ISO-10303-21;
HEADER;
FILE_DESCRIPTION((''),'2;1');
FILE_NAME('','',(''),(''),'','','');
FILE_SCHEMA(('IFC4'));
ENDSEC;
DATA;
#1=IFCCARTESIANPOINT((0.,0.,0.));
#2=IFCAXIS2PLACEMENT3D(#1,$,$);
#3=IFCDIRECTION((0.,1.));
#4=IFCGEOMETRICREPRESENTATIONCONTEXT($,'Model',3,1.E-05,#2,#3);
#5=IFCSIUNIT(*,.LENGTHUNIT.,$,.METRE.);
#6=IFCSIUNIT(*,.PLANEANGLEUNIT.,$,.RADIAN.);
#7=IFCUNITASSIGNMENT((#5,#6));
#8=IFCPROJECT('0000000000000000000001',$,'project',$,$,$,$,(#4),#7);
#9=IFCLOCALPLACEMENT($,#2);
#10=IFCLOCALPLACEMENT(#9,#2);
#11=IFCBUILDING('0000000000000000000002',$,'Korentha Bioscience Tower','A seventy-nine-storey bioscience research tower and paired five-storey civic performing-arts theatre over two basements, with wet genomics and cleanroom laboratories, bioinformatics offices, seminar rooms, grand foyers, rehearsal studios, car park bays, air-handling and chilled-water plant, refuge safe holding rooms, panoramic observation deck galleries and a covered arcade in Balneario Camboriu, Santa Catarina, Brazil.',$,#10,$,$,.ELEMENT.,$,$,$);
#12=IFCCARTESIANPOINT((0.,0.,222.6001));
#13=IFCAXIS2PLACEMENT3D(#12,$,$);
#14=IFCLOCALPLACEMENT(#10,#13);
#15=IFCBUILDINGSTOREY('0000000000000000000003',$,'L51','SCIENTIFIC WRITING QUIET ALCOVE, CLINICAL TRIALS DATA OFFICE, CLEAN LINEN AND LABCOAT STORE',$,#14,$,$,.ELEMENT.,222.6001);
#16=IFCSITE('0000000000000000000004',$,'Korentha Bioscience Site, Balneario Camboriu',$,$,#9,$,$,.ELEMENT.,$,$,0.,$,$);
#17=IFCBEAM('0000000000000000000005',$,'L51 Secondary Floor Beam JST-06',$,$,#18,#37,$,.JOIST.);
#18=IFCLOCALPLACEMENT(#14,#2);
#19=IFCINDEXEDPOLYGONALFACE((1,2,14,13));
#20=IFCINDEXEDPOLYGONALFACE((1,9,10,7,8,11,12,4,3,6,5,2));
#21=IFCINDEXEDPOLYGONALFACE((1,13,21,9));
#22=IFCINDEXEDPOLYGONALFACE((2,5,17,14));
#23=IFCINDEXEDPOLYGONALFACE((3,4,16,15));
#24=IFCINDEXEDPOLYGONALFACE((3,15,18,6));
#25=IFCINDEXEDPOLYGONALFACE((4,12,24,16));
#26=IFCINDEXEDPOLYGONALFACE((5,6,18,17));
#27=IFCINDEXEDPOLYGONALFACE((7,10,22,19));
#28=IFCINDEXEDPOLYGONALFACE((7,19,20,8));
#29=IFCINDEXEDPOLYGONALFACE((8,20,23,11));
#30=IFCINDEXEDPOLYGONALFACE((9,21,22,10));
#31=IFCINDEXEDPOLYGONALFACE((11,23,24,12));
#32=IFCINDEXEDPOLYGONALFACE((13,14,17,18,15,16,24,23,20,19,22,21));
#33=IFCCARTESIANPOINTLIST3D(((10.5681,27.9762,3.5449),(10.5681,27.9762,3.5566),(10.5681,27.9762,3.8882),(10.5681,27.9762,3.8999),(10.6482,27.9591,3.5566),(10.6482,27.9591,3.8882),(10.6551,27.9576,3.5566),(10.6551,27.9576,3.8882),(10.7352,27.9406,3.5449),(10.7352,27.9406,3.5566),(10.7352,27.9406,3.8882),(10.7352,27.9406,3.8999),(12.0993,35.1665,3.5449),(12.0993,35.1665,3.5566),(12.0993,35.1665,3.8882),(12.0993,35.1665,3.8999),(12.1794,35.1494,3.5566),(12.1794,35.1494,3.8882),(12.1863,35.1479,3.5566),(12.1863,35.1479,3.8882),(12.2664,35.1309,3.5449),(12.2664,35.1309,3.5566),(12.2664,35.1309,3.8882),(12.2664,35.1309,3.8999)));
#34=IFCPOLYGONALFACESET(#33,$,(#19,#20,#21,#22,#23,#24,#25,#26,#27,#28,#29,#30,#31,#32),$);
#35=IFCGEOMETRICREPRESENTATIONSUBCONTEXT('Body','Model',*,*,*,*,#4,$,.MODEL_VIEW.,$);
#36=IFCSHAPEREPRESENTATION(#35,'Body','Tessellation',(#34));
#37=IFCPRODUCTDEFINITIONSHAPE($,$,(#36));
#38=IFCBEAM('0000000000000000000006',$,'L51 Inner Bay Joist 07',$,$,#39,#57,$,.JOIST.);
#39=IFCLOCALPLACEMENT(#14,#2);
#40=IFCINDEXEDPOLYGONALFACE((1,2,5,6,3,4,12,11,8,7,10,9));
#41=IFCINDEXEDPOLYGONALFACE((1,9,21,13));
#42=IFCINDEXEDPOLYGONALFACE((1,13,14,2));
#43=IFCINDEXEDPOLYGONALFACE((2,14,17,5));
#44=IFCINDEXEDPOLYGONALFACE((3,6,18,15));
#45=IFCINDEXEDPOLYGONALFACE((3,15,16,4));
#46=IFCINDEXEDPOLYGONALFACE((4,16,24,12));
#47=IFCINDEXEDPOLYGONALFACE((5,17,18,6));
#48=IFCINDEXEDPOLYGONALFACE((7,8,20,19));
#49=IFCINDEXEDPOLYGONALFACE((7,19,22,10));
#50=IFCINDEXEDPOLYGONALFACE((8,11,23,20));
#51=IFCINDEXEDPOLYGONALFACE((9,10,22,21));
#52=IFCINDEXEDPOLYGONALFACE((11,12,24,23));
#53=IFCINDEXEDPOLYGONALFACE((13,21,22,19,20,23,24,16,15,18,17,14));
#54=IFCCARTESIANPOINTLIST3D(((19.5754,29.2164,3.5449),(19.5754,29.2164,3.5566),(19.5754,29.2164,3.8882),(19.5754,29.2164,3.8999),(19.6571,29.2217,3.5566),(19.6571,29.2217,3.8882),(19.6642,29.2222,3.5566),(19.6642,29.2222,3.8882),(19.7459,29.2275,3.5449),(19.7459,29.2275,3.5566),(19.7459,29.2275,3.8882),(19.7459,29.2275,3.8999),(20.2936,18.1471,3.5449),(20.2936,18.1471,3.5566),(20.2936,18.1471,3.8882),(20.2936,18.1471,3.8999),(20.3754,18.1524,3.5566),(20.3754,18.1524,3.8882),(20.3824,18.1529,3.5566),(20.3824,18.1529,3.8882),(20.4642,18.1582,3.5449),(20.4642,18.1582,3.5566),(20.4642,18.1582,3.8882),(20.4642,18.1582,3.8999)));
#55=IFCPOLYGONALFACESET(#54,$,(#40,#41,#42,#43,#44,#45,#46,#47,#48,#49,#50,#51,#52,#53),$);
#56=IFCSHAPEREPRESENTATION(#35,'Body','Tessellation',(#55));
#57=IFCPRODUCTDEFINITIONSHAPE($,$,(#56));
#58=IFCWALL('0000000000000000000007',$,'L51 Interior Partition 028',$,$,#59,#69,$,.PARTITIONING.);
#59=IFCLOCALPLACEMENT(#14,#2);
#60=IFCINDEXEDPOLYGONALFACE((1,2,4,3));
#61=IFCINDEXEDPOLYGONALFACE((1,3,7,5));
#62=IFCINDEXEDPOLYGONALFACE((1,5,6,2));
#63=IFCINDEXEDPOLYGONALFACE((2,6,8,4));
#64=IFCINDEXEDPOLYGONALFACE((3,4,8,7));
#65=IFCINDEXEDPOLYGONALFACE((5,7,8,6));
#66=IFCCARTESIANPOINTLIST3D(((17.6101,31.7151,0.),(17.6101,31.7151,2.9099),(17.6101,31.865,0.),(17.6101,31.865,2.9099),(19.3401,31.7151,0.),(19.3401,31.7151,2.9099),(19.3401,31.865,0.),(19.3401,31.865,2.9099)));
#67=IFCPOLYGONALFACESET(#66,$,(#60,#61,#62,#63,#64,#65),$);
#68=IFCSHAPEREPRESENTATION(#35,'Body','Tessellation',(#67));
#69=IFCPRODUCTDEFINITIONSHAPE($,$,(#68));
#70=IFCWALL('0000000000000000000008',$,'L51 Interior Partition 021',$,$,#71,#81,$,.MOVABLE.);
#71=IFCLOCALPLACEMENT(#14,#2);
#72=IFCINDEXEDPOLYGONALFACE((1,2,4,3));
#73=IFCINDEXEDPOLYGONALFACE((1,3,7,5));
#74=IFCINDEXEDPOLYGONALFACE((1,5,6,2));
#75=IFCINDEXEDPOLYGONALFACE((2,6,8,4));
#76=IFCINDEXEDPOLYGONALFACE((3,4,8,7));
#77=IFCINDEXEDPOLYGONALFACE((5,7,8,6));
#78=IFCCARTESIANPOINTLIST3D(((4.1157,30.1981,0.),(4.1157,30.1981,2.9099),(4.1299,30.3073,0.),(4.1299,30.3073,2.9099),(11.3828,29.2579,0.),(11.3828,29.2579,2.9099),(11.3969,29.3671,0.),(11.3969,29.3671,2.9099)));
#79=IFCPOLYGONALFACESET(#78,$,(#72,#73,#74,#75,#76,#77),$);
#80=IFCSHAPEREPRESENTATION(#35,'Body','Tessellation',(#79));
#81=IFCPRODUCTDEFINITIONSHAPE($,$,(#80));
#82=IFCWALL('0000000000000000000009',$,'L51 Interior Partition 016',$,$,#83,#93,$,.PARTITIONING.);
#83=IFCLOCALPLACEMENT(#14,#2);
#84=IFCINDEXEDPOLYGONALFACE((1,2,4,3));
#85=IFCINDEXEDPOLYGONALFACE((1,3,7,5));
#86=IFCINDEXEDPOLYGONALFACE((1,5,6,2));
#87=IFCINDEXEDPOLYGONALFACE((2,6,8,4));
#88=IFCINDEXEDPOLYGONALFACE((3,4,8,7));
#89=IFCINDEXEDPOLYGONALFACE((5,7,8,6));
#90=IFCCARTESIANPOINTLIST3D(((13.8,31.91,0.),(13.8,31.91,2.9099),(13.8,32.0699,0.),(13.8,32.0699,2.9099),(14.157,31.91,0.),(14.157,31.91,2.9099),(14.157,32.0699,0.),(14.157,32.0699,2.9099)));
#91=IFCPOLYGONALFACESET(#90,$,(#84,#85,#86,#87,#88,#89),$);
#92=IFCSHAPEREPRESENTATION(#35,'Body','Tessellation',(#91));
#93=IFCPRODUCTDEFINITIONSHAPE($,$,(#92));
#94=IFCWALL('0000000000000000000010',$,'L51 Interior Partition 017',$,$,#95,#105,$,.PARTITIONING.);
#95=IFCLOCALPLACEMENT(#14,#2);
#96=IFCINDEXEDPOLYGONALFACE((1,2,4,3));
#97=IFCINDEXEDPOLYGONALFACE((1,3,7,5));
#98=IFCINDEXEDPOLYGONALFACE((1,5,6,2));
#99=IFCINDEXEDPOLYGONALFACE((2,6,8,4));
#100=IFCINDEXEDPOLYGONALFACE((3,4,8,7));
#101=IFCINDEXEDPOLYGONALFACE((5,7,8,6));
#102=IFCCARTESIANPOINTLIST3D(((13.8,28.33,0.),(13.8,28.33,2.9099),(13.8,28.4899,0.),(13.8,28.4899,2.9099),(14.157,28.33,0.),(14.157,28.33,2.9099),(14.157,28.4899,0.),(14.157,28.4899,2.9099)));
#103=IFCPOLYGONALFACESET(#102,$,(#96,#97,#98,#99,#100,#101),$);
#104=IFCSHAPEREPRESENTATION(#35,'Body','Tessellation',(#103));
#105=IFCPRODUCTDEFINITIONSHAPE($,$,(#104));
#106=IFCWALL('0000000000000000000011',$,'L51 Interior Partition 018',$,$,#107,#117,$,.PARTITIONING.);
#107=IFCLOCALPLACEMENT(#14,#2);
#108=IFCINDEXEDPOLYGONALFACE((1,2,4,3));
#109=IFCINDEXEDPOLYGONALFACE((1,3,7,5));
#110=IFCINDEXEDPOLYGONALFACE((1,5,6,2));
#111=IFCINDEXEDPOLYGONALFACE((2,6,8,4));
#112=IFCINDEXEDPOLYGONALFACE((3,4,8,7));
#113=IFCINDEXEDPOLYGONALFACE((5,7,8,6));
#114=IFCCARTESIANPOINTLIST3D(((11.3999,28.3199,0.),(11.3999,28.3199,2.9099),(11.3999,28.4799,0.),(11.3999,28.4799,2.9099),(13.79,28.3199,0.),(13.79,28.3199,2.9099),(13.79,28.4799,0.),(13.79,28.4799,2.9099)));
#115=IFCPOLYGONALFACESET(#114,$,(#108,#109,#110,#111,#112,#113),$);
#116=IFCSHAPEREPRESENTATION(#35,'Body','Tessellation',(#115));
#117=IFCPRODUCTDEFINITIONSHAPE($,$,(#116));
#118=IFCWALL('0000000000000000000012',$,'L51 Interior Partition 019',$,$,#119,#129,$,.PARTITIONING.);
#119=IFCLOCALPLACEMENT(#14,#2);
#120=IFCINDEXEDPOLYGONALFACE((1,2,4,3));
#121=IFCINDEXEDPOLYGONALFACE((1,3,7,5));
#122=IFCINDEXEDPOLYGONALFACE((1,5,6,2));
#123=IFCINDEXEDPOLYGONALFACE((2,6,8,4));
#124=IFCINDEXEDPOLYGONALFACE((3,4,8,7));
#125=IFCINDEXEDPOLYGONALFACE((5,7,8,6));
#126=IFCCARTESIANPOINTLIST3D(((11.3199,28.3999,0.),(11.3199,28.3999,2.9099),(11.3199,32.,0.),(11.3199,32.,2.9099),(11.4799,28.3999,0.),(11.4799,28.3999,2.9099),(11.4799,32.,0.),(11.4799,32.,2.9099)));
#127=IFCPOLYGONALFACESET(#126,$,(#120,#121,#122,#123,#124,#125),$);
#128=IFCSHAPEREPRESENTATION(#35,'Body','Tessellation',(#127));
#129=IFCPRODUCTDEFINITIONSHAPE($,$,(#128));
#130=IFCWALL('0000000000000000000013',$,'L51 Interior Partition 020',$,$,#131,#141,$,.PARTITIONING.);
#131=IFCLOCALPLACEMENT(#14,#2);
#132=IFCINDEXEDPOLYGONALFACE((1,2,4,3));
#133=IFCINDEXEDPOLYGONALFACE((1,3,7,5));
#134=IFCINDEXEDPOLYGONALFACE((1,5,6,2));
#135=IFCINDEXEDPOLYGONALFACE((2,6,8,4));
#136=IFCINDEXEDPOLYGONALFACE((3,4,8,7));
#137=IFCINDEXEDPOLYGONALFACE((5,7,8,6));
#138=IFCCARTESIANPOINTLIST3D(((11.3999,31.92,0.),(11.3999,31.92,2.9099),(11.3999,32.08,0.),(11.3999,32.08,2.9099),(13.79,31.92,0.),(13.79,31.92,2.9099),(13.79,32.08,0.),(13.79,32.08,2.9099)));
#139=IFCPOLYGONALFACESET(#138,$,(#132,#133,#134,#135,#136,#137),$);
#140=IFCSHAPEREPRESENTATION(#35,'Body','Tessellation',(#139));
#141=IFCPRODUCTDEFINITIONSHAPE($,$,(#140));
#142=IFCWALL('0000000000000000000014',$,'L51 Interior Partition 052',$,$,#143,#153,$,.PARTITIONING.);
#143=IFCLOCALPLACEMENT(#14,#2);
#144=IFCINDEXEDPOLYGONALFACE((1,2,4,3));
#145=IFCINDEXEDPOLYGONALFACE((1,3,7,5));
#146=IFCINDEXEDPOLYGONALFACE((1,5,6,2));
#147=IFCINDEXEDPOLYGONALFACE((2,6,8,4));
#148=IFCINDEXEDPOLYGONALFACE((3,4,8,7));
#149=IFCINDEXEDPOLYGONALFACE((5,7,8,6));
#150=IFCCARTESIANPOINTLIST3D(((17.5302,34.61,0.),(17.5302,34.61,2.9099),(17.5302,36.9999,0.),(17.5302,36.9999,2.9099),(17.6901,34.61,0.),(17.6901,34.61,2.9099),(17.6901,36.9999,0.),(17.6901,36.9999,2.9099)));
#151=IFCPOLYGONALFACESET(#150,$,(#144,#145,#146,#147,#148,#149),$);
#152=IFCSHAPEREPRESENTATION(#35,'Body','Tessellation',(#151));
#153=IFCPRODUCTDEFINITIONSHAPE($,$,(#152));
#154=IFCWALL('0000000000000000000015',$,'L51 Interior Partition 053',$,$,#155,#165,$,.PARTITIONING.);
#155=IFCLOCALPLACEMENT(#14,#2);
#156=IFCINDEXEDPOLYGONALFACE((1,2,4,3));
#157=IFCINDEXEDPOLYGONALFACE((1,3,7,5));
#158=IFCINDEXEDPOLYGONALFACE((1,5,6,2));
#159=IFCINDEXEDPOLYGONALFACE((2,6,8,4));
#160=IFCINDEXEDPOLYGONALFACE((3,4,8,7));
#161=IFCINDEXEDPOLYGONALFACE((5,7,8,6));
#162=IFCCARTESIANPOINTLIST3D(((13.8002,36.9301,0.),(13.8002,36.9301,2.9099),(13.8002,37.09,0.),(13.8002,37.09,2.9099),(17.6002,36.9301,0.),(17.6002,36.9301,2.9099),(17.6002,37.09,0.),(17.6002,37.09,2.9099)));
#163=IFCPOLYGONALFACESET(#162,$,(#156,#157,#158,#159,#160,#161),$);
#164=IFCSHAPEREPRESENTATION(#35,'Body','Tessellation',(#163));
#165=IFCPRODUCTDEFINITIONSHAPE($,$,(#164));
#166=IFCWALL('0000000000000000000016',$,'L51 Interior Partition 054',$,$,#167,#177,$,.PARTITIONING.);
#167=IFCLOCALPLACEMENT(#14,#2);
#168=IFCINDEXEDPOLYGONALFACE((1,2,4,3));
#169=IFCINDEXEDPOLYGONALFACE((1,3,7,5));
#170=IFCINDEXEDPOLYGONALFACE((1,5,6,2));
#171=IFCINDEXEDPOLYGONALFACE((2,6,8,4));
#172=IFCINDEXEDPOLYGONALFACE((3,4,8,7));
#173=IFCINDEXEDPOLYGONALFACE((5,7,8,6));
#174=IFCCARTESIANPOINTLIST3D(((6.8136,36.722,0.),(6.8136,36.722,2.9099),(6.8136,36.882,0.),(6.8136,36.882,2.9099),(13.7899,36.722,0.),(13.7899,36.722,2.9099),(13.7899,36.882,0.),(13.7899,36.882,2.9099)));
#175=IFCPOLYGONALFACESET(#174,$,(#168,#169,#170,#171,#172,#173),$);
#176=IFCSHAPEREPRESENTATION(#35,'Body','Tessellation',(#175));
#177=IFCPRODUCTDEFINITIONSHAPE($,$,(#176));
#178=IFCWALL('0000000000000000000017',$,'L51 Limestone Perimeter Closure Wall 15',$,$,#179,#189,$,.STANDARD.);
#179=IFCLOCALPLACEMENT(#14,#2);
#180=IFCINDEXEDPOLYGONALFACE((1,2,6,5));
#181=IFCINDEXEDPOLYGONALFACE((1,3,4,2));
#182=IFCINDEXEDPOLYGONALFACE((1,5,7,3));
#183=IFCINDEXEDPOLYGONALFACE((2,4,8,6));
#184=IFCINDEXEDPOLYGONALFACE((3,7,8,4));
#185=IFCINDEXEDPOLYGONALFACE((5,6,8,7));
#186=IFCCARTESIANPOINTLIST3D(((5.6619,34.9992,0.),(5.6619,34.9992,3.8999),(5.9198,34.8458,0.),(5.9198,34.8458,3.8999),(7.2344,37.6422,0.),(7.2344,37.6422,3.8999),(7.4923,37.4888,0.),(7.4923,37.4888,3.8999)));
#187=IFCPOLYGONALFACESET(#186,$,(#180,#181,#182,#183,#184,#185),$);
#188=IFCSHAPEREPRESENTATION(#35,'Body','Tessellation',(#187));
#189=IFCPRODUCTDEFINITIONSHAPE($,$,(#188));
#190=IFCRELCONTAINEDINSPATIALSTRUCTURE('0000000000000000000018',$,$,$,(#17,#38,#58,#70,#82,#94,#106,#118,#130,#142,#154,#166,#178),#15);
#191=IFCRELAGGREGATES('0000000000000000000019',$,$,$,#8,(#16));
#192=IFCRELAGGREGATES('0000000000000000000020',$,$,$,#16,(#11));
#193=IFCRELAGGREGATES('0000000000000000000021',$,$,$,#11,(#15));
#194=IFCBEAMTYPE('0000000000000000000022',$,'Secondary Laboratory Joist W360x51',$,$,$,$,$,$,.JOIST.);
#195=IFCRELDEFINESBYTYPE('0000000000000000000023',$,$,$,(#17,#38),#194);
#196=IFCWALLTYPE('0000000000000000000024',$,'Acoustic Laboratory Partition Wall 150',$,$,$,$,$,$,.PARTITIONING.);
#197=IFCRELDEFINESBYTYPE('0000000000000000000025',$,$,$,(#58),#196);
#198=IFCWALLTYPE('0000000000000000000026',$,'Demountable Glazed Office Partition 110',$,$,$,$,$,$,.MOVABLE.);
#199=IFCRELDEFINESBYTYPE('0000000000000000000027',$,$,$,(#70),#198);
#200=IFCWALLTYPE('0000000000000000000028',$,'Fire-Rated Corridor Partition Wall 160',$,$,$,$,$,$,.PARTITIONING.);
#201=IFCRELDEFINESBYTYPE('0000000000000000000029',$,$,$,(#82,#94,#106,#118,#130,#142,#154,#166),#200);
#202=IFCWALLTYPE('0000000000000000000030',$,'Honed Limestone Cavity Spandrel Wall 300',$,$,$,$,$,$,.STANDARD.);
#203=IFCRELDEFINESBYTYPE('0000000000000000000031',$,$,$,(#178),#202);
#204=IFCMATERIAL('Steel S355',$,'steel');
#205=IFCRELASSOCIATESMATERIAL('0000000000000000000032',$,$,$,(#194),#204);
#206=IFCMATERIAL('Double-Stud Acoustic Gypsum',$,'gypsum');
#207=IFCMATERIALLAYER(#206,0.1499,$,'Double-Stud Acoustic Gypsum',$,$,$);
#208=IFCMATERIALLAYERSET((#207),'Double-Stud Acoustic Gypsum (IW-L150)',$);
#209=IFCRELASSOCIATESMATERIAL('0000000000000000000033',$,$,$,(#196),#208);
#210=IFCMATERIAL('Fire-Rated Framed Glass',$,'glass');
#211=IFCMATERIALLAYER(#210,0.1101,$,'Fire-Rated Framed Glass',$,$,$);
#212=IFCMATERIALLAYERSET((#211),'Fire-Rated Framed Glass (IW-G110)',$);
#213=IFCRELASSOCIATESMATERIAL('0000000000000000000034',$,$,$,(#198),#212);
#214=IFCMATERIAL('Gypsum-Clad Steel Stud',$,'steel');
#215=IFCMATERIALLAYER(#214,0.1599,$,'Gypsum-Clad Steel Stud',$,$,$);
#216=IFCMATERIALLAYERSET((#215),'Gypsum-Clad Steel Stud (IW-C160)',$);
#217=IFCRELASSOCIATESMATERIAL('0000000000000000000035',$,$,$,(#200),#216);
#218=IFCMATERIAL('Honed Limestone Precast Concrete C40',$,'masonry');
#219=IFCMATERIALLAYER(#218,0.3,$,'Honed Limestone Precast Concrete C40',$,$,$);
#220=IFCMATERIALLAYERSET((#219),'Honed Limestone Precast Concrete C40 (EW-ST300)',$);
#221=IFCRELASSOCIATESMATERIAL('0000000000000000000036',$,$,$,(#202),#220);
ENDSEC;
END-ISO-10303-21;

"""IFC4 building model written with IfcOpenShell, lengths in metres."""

from ifc_helpers import new_model, si_unit, direction, frame, frame_2d, origin, origin_2d, place, context, subcontext, project, spatial, rectangle, i_section, extrude, material, layer, layer_set, material_profile, profile_set, type_object, element, save


model = new_model("IFC4")

# Units and contexts
model_context = context("Model", 3, precision=1e-05, world=origin(), true_north=direction((0.0, 1.0)))
body_context = subcontext(model_context, "Body", "Model", "MODEL_VIEW")
ifc_project = project(units=[si_unit("LENGTHUNIT", "METRE"), si_unit("PLANEANGLEUNIT", "RADIAN")], contexts=[model_context])

# Site, building, storey
site_placement = place(None, origin())
site = spatial("IfcSite", under=ifc_project, at=site_placement, Name="Korentha Bioscience Site, Balneario Camboriu", CompositionType="ELEMENT", RefElevation=0.0)
building_placement = place(site_placement, origin())
building = spatial("IfcBuilding", under=site, at=building_placement, Name="Korentha Bioscience Tower", Description="A seventy-nine-storey bioscience research tower and paired five-storey civic performing-arts theatre over two basements, with wet genomics and cleanroom laboratories, bioinformatics offices, seminar rooms, grand foyers, rehearsal studios, car park bays, air-handling and chilled-water plant, refuge safe holding rooms, panoramic observation deck galleries and a covered arcade in Balneario Camboriu, Santa Catarina, Brazil.", CompositionType="ELEMENT")
storey_placement = place(building_placement, frame((0.0, 0.0, 222.6001)))
storey = spatial("IfcBuildingStorey", under=building, at=storey_placement, Name="L51", Description="SCIENTIFIC WRITING QUIET ALCOVE, CLINICAL TRIALS DATA OFFICE, CLEAN LINEN AND LABCOAT STORE", CompositionType="ELEMENT", Elevation=222.6001)

# Beams
ifc_material_1 = material(Name="Steel S355", Category="steel")
ifc_material_profile_1 = material_profile(ifc_material_1, i_section(OverallWidth=0.1709, OverallDepth=0.355, WebThickness=0.0071, FlangeThickness=0.0117, at=origin_2d()), Name="Steel S355")
ifc_profile_set_1 = profile_set([ifc_material_profile_1], Name="Steel S355 (JB-360)")
beam_type_1 = type_object("IfcBeamType", Name="Secondary Laboratory Joist W360x51", PredefinedType="JOIST", material=ifc_profile_set_1)
beam_1_placement = place(storey_placement, frame((12.1829, 35.1487, 3.7224), z_axis=(-0.208286, -0.978068, 0.0), x_axis=(0.978068, -0.208286, 0.0)))
element("IfcBeam", 1, at=beam_1_placement, inside=storey, type_object=beam_type_1, Name="L51 Secondary Floor Beam JST-06", PredefinedType="JOIST", context=body_context, shape_type="SweptSolid", body=[
    extrude(i_section(OverallWidth=0.1709, OverallDepth=0.355, WebThickness=0.0071, FlangeThickness=0.0117, at=origin_2d()), origin(), (0.0, 0.0, 1.0), 7.3516),
])
beam_2_placement = place(storey_placement, frame((19.6606, 29.2219, 3.7224), z_axis=(0.064751, -0.997901, 0.0), x_axis=(0.997901, 0.064751, 0.0)))
element("IfcBeam", 2, at=beam_2_placement, inside=storey, type_object=beam_type_1, Name="L51 Inner Bay Joist 07", PredefinedType="JOIST", context=body_context, shape_type="SweptSolid", body=[
    extrude(i_section(OverallWidth=0.1709, OverallDepth=0.355, WebThickness=0.0071, FlangeThickness=0.0117, at=origin_2d()), origin(), (0.0, 0.0, 1.0), 11.0925),
])

# Shared definitions
ifc_material_2 = material(Name="Double-Stud Acoustic Gypsum", Category="gypsum")
ifc_layer_1 = layer(ifc_material_2, 0.1499, Name="Double-Stud Acoustic Gypsum")
ifc_layer_set_1 = layer_set([ifc_layer_1], Name="Double-Stud Acoustic Gypsum (IW-L150)")
wall_type_1 = type_object("IfcWallType", Name="Acoustic Laboratory Partition Wall 150", PredefinedType="PARTITIONING", material=ifc_layer_set_1)

# Walls
wall_1_placement = place(storey_placement, frame((17.6101, 31.79, 0.0), z_axis=(0.0, 0.0, 1.0), x_axis=(1.0, 0.0, 0.0)))
element("IfcWall", 3, at=wall_1_placement, inside=storey, type_object=wall_type_1, Name="L51 Interior Partition 028", PredefinedType="PARTITIONING", context=body_context, shape_type="SweptSolid", body=[
    extrude(rectangle(XDim=1.73, YDim=0.1499, at=frame_2d((0.865, 0.0))), origin(), (0.0, 0.0, 1.0), 2.9099),
])
ifc_material_3 = material(Name="Fire-Rated Framed Glass", Category="glass")
ifc_layer_2 = layer(ifc_material_3, 0.1101, Name="Fire-Rated Framed Glass")
ifc_layer_set_2 = layer_set([ifc_layer_2], Name="Fire-Rated Framed Glass (IW-G110)")
wall_type_2 = type_object("IfcWallType", Name="Demountable Glazed Office Partition 110", PredefinedType="MOVABLE", material=ifc_layer_set_2)
wall_2_placement = place(storey_placement, frame((4.1228, 30.2527, 0.0), z_axis=(0.0, 0.0, 1.0), x_axis=(0.991735, -0.128306, 0.0)))
element("IfcWall", 4, at=wall_2_placement, inside=storey, type_object=wall_type_2, Name="L51 Interior Partition 021", PredefinedType="MOVABLE", context=body_context, shape_type="SweptSolid", body=[
    extrude(rectangle(XDim=7.3276, YDim=0.1101, at=frame_2d((3.6638, 0.0))), origin(), (0.0, 0.0, 1.0), 2.9099),
])

# Shared definitions
ifc_material_4 = material(Name="Gypsum-Clad Steel Stud", Category="steel")
ifc_layer_3 = layer(ifc_material_4, 0.1599, Name="Gypsum-Clad Steel Stud")
ifc_layer_set_3 = layer_set([ifc_layer_3], Name="Gypsum-Clad Steel Stud (IW-C160)")
wall_type_3 = type_object("IfcWallType", Name="Fire-Rated Corridor Partition Wall 160", PredefinedType="PARTITIONING", material=ifc_layer_set_3)

# Walls
for number, where, z_axis, x_axis, name in (
    (5, (13.8, 31.99, 0.0), (0.0, 0.0, 1.0), (1.0, 0.0, 0.0), "L51 Interior Partition 016"),
    (6, (14.157, 28.4099, 0.0), (0.0, 0.0, 1.0), (-1.0, 0.0, 0.0), "L51 Interior Partition 017"),
):
    element("IfcWall", number, at=place(storey_placement, frame(where, z_axis=z_axis, x_axis=x_axis)), inside=storey, type_object=wall_type_3, Name=name, PredefinedType="PARTITIONING", context=body_context, shape_type="SweptSolid", body=[
        extrude(rectangle(XDim=0.3569, YDim=0.1599, at=frame_2d((0.1785, 0.0))), origin(), (0.0, 0.0, 1.0), 2.9099),
    ])
wall_3_placement = place(storey_placement, frame((13.79, 28.3999, 0.0), z_axis=(0.0, 0.0, 1.0), x_axis=(-1.0, 0.0, 0.0)))
element("IfcWall", 7, at=wall_3_placement, inside=storey, type_object=wall_type_3, Name="L51 Interior Partition 018", PredefinedType="PARTITIONING", context=body_context, shape_type="SweptSolid", body=[
    extrude(rectangle(XDim=2.3901, YDim=0.1599, at=frame_2d((1.1951, 0.0))), origin(), (0.0, 0.0, 1.0), 2.9099),
])
wall_4_placement = place(storey_placement, frame((11.3999, 28.3999, 0.0), z_axis=(0.0, 0.0, 1.0), x_axis=(0.0, 1.0, 0.0)))
element("IfcWall", 8, at=wall_4_placement, inside=storey, type_object=wall_type_3, Name="L51 Interior Partition 019", PredefinedType="PARTITIONING", context=body_context, shape_type="SweptSolid", body=[
    extrude(rectangle(XDim=3.6001, YDim=0.1599, at=frame_2d((1.8, 0.0))), origin(), (0.0, 0.0, 1.0), 2.9099),
])
wall_5_placement = place(storey_placement, frame((11.3999, 32.0, 0.0), z_axis=(0.0, 0.0, 1.0), x_axis=(1.0, 0.0, 0.0)))
element("IfcWall", 9, at=wall_5_placement, inside=storey, type_object=wall_type_3, Name="L51 Interior Partition 020", PredefinedType="PARTITIONING", context=body_context, shape_type="SweptSolid", body=[
    extrude(rectangle(XDim=2.3901, YDim=0.1599, at=frame_2d((1.1951, 0.0))), origin(), (0.0, 0.0, 1.0), 2.9099),
])
wall_6_placement = place(storey_placement, frame((17.6101, 34.6101, 0.0), z_axis=(0.0, 0.0, 1.0), x_axis=(0.0, 1.0, 0.0)))
element("IfcWall", 10, at=wall_6_placement, inside=storey, type_object=wall_type_3, Name="L51 Interior Partition 052", PredefinedType="PARTITIONING", context=body_context, shape_type="SweptSolid", body=[
    extrude(rectangle(XDim=2.3899, YDim=0.1599, at=frame_2d((1.1948, 0.0))), origin(), (0.0, 0.0, 1.0), 2.9099),
])
wall_7_placement = place(storey_placement, frame((17.6001, 37.01, 0.0), z_axis=(0.0, 0.0, 1.0), x_axis=(-1.0, 0.0, 0.0)))
element("IfcWall", 11, at=wall_7_placement, inside=storey, type_object=wall_type_3, Name="L51 Interior Partition 053", PredefinedType="PARTITIONING", context=body_context, shape_type="SweptSolid", body=[
    extrude(rectangle(XDim=3.8, YDim=0.1599, at=frame_2d((1.8999, 0.0))), origin(), (0.0, 0.0, 1.0), 2.9099),
])
wall_8_placement = place(storey_placement, frame((13.79, 36.802, 0.0), z_axis=(0.0, 0.0, 1.0), x_axis=(-1.0, 0.0, 0.0)))
element("IfcWall", 12, at=wall_8_placement, inside=storey, type_object=wall_type_3, Name="L51 Interior Partition 054", PredefinedType="PARTITIONING", context=body_context, shape_type="SweptSolid", body=[
    extrude(rectangle(XDim=6.9763, YDim=0.1599, at=frame_2d((3.4883, 0.0))), origin(), (0.0, 0.0, 1.0), 2.9099),
])

# Shared definitions
ifc_material_5 = material(Name="Honed Limestone Precast Concrete C40", Category="masonry")
ifc_layer_4 = layer(ifc_material_5, 0.3, Name="Honed Limestone Precast Concrete C40")
ifc_layer_set_4 = layer_set([ifc_layer_4], Name="Honed Limestone Precast Concrete C40 (EW-ST300)")
wall_type_4 = type_object("IfcWallType", Name="Honed Limestone Cavity Spandrel Wall 300", PredefinedType="STANDARD", material=ifc_layer_set_4)

# Wall
wall_9_placement = place(storey_placement, frame((7.3633, 37.5654, 0.0), z_axis=(0.0, 0.0, 1.0), x_axis=(-0.511305, -0.859399, 0.0)))
element("IfcWall", 13, at=wall_9_placement, inside=storey, type_object=wall_type_4, Name="L51 Limestone Perimeter Closure Wall 15", PredefinedType="STANDARD", context=body_context, shape_type="SweptSolid", body=[
    extrude(rectangle(XDim=3.0754, YDim=0.3, at=frame_2d((1.5376, 0.0))), origin(), (0.0, 0.0, 1.0), 3.8999),
])

save(model, "model.ifc")
